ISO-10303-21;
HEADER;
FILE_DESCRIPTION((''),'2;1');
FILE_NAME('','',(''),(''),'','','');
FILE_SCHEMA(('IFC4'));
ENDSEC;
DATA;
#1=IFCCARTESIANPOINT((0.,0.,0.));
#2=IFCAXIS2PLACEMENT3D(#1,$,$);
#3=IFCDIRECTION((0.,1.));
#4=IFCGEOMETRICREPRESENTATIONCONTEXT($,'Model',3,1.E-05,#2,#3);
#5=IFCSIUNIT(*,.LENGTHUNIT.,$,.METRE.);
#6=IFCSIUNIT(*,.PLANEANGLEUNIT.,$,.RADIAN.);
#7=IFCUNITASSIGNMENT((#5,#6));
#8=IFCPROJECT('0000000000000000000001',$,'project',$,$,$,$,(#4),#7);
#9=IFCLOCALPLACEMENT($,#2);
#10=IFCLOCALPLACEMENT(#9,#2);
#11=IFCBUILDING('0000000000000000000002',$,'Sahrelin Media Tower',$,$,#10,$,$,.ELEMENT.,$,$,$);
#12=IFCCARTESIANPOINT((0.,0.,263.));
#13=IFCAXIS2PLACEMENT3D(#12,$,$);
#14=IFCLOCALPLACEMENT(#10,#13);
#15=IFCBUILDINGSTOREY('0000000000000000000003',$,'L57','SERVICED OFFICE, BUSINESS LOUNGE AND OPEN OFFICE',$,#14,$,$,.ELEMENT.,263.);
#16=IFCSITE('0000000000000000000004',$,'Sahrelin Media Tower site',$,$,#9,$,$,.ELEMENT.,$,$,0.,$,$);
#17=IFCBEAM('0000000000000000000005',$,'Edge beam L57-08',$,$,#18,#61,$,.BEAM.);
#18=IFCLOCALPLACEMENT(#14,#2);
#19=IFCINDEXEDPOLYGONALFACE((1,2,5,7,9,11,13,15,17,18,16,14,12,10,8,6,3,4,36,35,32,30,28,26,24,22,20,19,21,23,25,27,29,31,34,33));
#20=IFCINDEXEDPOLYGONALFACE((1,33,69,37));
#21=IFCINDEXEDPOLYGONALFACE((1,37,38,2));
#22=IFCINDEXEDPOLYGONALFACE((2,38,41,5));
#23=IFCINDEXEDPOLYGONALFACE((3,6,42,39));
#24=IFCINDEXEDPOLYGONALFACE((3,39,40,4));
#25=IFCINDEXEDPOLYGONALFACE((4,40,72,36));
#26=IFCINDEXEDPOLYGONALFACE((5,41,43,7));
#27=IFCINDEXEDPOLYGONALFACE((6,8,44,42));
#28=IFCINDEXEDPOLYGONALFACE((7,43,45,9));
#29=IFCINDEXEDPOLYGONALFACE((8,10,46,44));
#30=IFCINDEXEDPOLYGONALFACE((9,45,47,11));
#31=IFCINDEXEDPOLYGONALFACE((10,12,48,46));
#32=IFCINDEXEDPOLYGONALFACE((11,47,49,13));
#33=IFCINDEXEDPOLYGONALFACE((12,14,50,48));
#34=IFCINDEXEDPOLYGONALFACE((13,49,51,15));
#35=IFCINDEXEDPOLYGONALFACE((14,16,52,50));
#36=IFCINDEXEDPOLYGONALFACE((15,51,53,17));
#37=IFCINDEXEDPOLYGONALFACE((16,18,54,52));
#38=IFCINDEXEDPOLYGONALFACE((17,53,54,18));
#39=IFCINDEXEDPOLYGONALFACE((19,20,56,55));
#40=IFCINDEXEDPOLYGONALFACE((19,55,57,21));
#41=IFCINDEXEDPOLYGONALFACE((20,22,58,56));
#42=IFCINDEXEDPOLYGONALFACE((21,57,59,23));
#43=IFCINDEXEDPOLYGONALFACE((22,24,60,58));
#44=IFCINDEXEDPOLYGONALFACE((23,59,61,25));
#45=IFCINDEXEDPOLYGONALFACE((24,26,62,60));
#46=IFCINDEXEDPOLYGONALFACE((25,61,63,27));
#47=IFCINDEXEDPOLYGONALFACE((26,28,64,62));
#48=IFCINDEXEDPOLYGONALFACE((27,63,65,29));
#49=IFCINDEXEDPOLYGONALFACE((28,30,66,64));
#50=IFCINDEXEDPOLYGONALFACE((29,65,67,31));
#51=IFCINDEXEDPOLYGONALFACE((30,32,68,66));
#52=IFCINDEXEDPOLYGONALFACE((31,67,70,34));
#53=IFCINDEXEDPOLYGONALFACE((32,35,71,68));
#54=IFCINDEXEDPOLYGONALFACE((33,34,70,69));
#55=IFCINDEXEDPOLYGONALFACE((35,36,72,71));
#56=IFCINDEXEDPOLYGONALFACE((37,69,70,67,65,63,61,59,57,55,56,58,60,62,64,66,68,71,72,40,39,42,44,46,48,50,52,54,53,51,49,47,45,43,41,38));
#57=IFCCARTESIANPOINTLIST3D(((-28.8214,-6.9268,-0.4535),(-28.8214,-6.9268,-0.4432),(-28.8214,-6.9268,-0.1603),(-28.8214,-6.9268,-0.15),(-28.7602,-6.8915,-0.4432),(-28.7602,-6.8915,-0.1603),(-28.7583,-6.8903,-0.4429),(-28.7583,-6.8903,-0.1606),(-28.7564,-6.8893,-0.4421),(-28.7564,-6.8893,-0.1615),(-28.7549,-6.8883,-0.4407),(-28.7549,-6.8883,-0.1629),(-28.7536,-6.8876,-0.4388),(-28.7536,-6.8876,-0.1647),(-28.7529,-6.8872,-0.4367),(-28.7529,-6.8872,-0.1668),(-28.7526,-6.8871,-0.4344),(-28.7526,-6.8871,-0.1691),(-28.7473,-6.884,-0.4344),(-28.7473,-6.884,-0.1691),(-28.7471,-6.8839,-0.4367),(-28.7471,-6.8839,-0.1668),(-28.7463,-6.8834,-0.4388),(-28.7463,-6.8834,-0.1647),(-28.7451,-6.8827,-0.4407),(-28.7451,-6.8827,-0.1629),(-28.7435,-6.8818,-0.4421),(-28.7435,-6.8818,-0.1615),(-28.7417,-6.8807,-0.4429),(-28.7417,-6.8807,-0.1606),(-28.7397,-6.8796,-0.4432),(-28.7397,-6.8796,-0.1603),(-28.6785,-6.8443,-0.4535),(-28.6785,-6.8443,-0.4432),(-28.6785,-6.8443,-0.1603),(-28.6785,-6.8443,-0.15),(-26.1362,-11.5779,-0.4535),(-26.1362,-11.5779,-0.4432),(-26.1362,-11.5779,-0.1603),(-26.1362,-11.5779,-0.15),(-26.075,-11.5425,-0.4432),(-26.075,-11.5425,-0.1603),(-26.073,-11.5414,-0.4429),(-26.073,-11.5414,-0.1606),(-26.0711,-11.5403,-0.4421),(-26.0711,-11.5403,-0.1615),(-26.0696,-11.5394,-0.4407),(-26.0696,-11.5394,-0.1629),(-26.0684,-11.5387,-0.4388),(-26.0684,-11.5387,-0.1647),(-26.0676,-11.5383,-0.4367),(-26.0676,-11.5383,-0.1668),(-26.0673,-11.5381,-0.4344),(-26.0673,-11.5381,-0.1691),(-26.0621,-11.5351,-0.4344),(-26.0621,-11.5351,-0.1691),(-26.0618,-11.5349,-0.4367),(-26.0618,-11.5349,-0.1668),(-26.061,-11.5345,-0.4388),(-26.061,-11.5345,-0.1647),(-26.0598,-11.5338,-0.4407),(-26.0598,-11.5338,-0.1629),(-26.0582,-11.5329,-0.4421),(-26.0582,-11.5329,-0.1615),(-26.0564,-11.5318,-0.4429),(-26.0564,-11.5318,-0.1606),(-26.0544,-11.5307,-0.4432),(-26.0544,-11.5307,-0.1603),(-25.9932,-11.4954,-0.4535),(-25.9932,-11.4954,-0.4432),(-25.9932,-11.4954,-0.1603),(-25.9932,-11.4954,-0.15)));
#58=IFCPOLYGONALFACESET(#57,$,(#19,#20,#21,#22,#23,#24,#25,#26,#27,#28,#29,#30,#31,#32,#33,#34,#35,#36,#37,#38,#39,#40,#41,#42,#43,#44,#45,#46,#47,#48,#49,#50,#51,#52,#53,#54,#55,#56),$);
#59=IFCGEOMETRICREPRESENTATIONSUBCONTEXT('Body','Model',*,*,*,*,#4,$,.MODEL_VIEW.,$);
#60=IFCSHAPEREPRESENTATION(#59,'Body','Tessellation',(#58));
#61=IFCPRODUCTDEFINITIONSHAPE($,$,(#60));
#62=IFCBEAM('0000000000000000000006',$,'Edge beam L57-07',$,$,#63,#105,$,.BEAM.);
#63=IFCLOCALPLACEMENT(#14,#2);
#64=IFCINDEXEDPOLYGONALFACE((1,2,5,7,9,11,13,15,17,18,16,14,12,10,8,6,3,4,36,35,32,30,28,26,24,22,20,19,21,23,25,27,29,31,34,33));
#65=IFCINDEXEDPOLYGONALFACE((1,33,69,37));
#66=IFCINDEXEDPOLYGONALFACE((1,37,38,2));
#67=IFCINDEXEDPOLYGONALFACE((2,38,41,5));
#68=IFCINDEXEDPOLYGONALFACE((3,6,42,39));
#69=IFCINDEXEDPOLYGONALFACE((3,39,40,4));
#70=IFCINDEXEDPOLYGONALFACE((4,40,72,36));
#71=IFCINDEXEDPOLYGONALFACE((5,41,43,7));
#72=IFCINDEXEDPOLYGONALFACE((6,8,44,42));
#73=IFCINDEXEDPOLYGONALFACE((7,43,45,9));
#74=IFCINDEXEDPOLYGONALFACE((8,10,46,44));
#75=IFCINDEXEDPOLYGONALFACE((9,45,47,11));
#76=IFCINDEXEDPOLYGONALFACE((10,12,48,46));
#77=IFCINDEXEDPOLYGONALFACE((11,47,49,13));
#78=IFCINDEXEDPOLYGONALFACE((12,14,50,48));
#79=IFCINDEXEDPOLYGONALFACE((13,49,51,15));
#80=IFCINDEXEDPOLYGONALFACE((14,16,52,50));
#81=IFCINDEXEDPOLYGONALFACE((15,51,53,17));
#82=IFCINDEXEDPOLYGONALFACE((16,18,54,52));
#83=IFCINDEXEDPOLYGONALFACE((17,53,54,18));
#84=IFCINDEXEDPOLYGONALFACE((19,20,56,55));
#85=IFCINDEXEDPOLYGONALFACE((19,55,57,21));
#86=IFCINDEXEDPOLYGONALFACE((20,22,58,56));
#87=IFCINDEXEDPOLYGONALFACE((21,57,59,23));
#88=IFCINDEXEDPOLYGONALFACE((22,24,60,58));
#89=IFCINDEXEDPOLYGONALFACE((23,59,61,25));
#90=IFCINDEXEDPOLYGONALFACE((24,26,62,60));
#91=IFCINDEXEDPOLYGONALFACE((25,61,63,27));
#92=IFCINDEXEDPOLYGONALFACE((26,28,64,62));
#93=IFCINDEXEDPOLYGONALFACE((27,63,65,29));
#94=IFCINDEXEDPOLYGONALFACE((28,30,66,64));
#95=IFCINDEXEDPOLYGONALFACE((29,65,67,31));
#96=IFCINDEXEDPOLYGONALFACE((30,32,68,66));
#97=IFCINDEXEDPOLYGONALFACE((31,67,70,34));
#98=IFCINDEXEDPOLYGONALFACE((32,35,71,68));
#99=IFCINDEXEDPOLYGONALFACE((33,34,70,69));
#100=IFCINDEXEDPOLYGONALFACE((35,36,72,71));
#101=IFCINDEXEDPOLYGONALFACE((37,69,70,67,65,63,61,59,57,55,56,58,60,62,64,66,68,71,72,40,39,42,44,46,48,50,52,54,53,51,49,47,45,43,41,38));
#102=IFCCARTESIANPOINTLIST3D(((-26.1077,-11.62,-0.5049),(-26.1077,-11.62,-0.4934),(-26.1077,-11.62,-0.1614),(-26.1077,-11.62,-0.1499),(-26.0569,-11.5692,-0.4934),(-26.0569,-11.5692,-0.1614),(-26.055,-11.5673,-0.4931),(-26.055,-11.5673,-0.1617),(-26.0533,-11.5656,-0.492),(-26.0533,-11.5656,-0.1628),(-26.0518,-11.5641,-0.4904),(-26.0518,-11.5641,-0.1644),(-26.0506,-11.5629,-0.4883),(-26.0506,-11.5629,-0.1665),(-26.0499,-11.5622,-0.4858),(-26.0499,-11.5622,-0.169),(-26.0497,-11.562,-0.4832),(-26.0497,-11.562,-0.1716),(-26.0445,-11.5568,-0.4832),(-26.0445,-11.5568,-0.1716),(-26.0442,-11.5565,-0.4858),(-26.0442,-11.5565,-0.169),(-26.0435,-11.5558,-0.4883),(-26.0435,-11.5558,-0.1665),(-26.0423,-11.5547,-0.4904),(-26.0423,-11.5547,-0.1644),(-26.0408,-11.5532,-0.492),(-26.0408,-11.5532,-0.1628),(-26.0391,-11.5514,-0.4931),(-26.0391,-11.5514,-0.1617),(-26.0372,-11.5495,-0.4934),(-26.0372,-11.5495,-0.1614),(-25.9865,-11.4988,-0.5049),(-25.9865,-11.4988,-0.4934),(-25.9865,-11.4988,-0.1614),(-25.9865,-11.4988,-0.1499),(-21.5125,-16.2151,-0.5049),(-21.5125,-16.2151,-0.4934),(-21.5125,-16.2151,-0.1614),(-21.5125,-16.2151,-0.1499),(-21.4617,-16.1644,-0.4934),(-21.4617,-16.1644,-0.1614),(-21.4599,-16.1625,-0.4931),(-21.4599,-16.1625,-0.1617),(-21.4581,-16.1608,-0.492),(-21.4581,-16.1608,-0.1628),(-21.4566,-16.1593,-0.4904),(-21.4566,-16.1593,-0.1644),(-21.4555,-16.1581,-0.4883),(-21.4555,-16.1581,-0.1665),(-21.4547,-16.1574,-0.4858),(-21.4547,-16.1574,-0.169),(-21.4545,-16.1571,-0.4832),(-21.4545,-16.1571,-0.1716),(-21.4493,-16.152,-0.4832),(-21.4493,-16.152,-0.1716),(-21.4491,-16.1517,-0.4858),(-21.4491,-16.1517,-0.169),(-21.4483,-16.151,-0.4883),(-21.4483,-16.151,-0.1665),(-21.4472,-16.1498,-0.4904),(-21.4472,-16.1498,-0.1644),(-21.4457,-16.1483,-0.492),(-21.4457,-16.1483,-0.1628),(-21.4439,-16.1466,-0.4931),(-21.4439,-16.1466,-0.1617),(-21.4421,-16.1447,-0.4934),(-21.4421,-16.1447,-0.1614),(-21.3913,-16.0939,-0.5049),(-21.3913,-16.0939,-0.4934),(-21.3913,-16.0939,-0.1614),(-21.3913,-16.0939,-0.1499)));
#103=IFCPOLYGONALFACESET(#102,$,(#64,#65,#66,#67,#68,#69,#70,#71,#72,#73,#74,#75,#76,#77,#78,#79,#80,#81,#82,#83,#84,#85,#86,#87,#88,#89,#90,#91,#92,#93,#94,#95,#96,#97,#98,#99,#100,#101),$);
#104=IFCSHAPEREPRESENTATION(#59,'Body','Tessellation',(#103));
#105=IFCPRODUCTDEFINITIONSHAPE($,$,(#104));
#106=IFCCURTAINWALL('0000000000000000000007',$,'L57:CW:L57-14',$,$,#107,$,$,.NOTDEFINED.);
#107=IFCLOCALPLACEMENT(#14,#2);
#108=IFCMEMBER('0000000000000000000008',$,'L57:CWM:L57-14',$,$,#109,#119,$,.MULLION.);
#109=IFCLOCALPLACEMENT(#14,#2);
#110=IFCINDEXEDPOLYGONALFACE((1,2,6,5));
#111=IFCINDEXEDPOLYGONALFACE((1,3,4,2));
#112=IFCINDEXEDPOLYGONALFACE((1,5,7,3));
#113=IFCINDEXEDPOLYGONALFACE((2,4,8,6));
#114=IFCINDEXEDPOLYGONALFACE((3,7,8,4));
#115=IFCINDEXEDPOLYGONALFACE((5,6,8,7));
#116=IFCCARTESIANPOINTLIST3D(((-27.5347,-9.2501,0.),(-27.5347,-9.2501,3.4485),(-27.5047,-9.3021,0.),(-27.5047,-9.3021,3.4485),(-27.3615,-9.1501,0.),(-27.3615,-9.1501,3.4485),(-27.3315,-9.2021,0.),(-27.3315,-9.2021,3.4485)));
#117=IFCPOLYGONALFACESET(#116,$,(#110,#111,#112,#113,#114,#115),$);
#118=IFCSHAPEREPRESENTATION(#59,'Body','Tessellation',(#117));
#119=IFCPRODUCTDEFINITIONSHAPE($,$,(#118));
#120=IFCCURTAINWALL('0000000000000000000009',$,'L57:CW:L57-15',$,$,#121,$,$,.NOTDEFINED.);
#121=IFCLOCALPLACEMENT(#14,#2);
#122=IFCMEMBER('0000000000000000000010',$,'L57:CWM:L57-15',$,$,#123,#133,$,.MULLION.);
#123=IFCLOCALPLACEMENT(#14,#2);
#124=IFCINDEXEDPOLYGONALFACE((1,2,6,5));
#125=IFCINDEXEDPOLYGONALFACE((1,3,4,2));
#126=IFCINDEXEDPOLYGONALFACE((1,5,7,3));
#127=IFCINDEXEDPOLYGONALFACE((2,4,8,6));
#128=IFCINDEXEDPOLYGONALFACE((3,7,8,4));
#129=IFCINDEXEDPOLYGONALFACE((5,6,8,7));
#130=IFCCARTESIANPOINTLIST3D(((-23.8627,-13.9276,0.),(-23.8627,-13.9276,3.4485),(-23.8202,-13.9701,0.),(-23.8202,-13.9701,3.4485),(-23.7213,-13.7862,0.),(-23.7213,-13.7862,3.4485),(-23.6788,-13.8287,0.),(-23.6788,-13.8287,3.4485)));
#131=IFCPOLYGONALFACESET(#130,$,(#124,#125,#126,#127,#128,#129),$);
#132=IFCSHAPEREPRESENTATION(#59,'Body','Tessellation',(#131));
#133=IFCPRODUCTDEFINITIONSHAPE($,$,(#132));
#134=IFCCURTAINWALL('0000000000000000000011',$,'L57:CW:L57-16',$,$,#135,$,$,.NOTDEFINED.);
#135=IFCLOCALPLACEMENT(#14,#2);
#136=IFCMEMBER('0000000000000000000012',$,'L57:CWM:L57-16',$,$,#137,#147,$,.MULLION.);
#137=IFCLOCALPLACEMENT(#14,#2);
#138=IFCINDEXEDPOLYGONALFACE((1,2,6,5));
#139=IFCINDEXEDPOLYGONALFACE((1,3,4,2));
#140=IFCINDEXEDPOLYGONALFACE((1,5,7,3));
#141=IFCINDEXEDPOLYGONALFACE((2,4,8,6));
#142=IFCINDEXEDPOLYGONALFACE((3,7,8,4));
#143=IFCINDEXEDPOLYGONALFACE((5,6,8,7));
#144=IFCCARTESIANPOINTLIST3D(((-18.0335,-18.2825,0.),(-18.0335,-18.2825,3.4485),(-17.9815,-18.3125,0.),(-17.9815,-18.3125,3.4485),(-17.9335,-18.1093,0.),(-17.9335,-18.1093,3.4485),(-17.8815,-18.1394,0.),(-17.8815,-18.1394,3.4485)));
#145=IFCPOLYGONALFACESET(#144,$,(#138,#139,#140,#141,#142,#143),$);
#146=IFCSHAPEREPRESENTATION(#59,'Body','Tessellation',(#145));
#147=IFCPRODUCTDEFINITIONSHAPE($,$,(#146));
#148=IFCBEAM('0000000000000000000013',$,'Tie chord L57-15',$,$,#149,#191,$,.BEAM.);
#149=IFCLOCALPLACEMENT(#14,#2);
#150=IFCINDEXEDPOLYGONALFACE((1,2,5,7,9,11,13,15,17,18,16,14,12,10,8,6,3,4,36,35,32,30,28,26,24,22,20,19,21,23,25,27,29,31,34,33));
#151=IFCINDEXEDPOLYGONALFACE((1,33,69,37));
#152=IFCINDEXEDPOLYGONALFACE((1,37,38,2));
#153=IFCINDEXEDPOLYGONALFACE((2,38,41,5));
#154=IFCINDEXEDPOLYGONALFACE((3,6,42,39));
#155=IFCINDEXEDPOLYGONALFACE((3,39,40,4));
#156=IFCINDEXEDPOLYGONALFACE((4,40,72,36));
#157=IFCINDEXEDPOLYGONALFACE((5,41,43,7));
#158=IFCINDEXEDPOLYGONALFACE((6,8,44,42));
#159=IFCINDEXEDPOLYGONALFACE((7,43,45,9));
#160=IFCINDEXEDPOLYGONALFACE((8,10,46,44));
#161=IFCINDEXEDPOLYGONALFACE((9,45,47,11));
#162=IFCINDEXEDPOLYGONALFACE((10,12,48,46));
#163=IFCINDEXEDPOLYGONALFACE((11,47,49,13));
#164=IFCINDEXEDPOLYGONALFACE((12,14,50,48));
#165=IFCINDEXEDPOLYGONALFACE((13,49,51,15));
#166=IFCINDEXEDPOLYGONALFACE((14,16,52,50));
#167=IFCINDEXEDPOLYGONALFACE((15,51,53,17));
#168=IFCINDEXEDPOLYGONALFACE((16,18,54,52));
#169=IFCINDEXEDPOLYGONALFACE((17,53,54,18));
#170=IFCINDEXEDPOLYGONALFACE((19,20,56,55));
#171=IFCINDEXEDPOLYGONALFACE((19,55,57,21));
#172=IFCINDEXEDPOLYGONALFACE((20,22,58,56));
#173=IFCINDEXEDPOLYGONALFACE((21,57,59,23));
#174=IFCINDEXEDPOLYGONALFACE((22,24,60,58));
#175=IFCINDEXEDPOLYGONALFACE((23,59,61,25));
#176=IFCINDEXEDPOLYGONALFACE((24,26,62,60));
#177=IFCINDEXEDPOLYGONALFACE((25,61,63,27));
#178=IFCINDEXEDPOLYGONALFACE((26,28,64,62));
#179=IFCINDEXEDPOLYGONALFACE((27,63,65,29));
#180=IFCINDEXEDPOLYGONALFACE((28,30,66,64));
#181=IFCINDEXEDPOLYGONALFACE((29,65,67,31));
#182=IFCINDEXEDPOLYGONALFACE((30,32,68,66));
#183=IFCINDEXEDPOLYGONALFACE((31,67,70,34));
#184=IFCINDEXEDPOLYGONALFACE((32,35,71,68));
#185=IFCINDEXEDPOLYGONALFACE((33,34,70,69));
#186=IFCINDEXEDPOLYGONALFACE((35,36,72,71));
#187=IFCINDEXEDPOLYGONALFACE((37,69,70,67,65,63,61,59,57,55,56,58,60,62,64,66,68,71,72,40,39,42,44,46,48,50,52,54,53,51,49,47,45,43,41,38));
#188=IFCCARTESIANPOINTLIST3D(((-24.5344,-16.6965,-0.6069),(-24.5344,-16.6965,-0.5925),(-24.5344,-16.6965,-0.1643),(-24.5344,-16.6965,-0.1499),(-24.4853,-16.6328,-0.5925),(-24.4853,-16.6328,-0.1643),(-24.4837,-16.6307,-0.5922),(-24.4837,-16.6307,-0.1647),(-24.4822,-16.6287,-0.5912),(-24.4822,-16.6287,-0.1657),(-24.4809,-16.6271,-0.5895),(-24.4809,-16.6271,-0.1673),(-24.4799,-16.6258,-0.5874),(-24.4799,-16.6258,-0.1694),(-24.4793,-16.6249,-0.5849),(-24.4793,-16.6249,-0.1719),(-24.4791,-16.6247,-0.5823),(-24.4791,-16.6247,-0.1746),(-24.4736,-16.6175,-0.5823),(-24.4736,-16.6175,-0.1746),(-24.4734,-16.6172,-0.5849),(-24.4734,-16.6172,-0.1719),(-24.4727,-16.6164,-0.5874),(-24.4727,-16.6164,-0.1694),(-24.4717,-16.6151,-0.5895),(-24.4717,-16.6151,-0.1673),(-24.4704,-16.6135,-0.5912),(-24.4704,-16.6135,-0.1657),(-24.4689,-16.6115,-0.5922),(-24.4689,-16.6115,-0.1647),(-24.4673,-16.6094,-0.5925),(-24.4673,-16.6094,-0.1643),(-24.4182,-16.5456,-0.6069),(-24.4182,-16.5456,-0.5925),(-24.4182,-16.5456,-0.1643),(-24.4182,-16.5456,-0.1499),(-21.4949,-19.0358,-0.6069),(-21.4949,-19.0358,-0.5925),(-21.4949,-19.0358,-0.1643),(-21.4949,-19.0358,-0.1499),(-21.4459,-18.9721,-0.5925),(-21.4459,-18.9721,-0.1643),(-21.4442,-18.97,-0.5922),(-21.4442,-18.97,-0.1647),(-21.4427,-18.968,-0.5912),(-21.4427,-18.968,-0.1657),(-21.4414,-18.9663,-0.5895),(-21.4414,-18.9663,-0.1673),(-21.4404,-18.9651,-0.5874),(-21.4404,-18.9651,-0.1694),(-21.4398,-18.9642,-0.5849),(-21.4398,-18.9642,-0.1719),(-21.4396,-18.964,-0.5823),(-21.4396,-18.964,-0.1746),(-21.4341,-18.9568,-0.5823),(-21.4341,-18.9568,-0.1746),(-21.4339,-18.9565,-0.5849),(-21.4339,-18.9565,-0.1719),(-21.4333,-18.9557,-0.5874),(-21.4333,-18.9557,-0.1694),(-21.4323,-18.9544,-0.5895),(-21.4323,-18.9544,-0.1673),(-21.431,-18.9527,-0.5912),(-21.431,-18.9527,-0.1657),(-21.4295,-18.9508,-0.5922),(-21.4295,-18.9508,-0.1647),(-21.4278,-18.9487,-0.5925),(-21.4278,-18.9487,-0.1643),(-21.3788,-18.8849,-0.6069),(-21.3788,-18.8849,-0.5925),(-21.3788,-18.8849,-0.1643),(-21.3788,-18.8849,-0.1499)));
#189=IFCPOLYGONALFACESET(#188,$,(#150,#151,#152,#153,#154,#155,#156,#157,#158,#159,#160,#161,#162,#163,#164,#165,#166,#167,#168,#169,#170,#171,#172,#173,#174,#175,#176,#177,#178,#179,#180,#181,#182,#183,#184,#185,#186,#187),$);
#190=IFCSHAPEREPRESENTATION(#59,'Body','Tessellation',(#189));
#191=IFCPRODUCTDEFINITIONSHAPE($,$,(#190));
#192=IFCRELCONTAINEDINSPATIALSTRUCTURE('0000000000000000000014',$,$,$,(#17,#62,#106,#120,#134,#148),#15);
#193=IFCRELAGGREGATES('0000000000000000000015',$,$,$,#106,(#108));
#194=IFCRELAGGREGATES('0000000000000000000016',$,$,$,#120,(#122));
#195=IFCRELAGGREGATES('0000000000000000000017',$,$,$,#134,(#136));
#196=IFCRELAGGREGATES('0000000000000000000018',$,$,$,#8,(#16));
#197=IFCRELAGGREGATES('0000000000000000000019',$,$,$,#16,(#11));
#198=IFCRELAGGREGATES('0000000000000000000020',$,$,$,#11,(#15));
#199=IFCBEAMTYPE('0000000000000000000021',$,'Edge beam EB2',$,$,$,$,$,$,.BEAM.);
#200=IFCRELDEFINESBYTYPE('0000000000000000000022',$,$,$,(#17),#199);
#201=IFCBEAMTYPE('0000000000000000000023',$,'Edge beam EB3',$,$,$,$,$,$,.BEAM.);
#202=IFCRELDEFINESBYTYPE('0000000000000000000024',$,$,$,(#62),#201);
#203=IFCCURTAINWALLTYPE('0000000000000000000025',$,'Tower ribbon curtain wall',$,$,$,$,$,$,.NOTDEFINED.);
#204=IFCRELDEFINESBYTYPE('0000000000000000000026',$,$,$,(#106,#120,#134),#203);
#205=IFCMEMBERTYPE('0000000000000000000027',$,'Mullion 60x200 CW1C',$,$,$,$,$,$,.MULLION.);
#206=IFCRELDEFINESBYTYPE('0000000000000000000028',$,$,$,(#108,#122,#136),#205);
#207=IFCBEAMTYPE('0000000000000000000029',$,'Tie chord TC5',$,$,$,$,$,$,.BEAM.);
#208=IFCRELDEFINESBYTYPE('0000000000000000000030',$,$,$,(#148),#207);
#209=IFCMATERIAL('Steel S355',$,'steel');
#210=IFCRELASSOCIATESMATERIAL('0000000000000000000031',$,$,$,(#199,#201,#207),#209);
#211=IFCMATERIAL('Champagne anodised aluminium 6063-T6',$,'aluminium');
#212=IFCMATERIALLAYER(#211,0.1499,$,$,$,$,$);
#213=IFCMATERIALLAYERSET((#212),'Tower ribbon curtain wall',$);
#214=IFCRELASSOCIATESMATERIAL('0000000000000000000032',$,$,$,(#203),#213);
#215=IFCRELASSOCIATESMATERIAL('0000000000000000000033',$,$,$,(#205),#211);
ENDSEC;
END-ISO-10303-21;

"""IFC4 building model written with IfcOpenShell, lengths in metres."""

from ifc_helpers import new_model, si_unit, direction, frame, origin, origin_2d, place, context, subcontext, project, spatial, rectangle, i_section, extrude, material, layer, layer_set, material_profile, profile_set, type_object, element, aggregate, save


model = new_model("IFC4")

# Units and contexts
model_context = context("Model", 3, precision=1e-05, world=origin(), true_north=direction((0.0, 1.0)))
body_context = subcontext(model_context, "Body", "Model", "MODEL_VIEW")
ifc_project = project(units=[si_unit("LENGTHUNIT", "METRE"), si_unit("PLANEANGLEUNIT", "RADIAN")], contexts=[model_context])

# Site, building, storey
site_placement = place(None, origin())
site = spatial("IfcSite", under=ifc_project, at=site_placement, Name="Sahrelin Media Tower site", CompositionType="ELEMENT", RefElevation=0.0)
building_placement = place(site_placement, origin())
building = spatial("IfcBuilding", under=site, at=building_placement, Name="Sahrelin Media Tower", CompositionType="ELEMENT")
storey_placement = place(building_placement, frame((0.0, 0.0, 263.0)))
storey = spatial("IfcBuildingStorey", under=building, at=storey_placement, Name="L57", Description="SERVICED OFFICE, BUSINESS LOUNGE AND OPEN OFFICE", CompositionType="ELEMENT", Elevation=263.0)

# Beams
ifc_material_1 = material(Name="Steel S355", Category="steel")
ifc_material_profile_1 = material_profile(ifc_material_1, i_section(OverallWidth=0.165, OverallDepth=0.3035, WebThickness=0.0061, FlangeThickness=0.0103, FilletRadius=0.0088, at=origin_2d()), Name="UB 305x165x40")
ifc_profile_set_1 = profile_set([ifc_material_profile_1], Name="Steel S355")
beam_type_1 = type_object("IfcBeamType", Name="Edge beam EB2", PredefinedType="BEAM", material=ifc_profile_set_1)
beam_1_placement = place(storey_placement, frame((-26.0647, -11.5366, -0.3018), z_axis=(-0.499997, 0.866027, 0.0), x_axis=(-0.866027, -0.499997, 0.0)))
element("IfcBeam", 1, at=beam_1_placement, inside=storey, type_object=beam_type_1, Name="Edge beam L57-08", PredefinedType="BEAM", context=body_context, shape_type="SweptSolid", body=[
    extrude(i_section(OverallWidth=0.165, OverallDepth=0.3035, WebThickness=0.0061, FlangeThickness=0.0103, FilletRadius=0.0088, at=origin_2d()), origin(), (0.0, 0.0, 1.0), 5.3706),
])
ifc_material_profile_2 = material_profile(ifc_material_1, i_section(OverallWidth=0.1714, OverallDepth=0.355, WebThickness=0.0073, FlangeThickness=0.0115, FilletRadius=0.0103, at=origin_2d()), Name="UB 356x171x51")
ifc_profile_set_2 = profile_set([ifc_material_profile_2], Name="Steel S355")
beam_type_2 = type_object("IfcBeamType", Name="Edge beam EB3", PredefinedType="BEAM", material=ifc_profile_set_2)
beam_2_placement = place(storey_placement, frame((-21.4519, -16.1545, -0.3274), z_axis=(-0.707107, 0.707107, 0.0), x_axis=(-0.707107, -0.707107, 0.0)))
element("IfcBeam", 2, at=beam_2_placement, inside=storey, type_object=beam_type_2, Name="Edge beam L57-07", PredefinedType="BEAM", context=body_context, shape_type="SweptSolid", body=[
    extrude(i_section(OverallWidth=0.1714, OverallDepth=0.355, WebThickness=0.0073, FlangeThickness=0.0115, FilletRadius=0.0103, at=origin_2d()), origin(), (0.0, 0.0, 1.0), 6.4985),
])

# Curtain walls, members
ifc_material_2 = material(Name="Champagne anodised aluminium 6063-T6", Category="aluminium")
ifc_layer_1 = layer(ifc_material_2, 0.1499)
ifc_layer_set_1 = layer_set([ifc_layer_1], Name="Tower ribbon curtain wall")
curtain_wall_type = type_object("IfcCurtainWallType", Name="Tower ribbon curtain wall", PredefinedType="NOTDEFINED", material=ifc_layer_set_1)
curtain_wall_1_placement = place(storey_placement, frame((-27.5371, -9.2861, 0.0), z_axis=(0.0, 0.0, 1.0), x_axis=(1.0, 0.0, 0.0)))
curtain_wall_1 = element("IfcCurtainWall", 3, at=curtain_wall_1_placement, inside=storey, type_object=curtain_wall_type, Name="L57:CW:L57-14", PredefinedType="NOTDEFINED")
ifc_material_profile_3 = material_profile(ifc_material_2, rectangle(XDim=0.0601, YDim=0.2, at=origin_2d()), Name="Mullion 60x200")
ifc_profile_set_3 = profile_set([ifc_material_profile_3], Name="Champagne anodised aluminium 6063-T6")
member_type_1 = type_object("IfcMemberType", Name="Mullion 60x200 CW1C", PredefinedType="MULLION", material=ifc_profile_set_3)
member_1_placement = place(storey_placement, frame((-27.4331, -9.2261, 0.0), z_axis=(0.0, 0.0, 1.0), x_axis=(0.500002, -0.866025, 0.0)))
member_1 = element("IfcMember", 4, at=member_1_placement, type_object=member_type_1, Name="L57:CWM:L57-14", PredefinedType="MULLION", context=body_context, shape_type="SweptSolid", body=[
    extrude(rectangle(XDim=0.0601, YDim=0.2, at=origin_2d()), origin(), (0.0, 0.0, 1.0), 3.4485),
])
aggregate(curtain_wall_1, [member_1])
curtain_wall_2_placement = place(storey_placement, frame((-23.8555, -13.9629, 0.0), z_axis=(0.0, 0.0, 1.0), x_axis=(1.0, 0.0, 0.0)))
curtain_wall_2 = element("IfcCurtainWall", 5, at=curtain_wall_2_placement, inside=storey, type_object=curtain_wall_type, Name="L57:CW:L57-15", PredefinedType="NOTDEFINED")
member_2_placement = place(storey_placement, frame((-23.7708, -13.8782, 0.0), z_axis=(0.0, 0.0, 1.0), x_axis=(0.707107, -0.707107, 0.0)))
member_2 = element("IfcMember", 6, at=member_2_placement, type_object=member_type_1, Name="L57:CWM:L57-15", PredefinedType="MULLION", context=body_context, shape_type="SweptSolid", body=[
    extrude(rectangle(XDim=0.0601, YDim=0.2, at=origin_2d()), origin(), (0.0, 0.0, 1.0), 3.4485),
])
curtain_wall_3_placement = place(storey_placement, frame((-18.0176, -18.3149, 0.0), z_axis=(0.0, 0.0, 1.0), x_axis=(1.0, 0.0, 0.0)))
curtain_wall_3 = element("IfcCurtainWall", 7, at=curtain_wall_3_placement, inside=storey, type_object=curtain_wall_type, Name="L57:CW:L57-16", PredefinedType="NOTDEFINED")
member_3_placement = place(storey_placement, frame((-17.9575, -18.2109, 0.0), z_axis=(0.0, 0.0, 1.0), x_axis=(0.866029, -0.499994, 0.0)))
member_3 = element("IfcMember", 8, at=member_3_placement, type_object=member_type_1, Name="L57:CWM:L57-16", PredefinedType="MULLION", context=body_context, shape_type="SweptSolid", body=[
    extrude(rectangle(XDim=0.0601, YDim=0.2, at=origin_2d()), origin(), (0.0, 0.0, 1.0), 3.4485),
])

# Beam
ifc_material_profile_4 = material_profile(ifc_material_1, i_section(OverallWidth=0.1904, OverallDepth=0.457, WebThickness=0.009, FlangeThickness=0.0144, FilletRadius=0.0103, at=origin_2d()), Name="UB 457x191x74")
ifc_profile_set_4 = profile_set([ifc_material_profile_4], Name="Steel S355")
beam_type_3 = type_object("IfcBeamType", Name="Tie chord TC5", PredefinedType="BEAM", material=ifc_profile_set_4)
beam_3_placement = place(storey_placement, frame((-24.4763, -16.6211, -0.3784), z_axis=(0.792468, -0.609914, 0.0), x_axis=(0.609914, 0.792468, 0.0)))
element("IfcBeam", 9, at=beam_3_placement, inside=storey, type_object=beam_type_3, Name="Tie chord L57-15", PredefinedType="BEAM", context=body_context, shape_type="SweptSolid", body=[
    extrude(i_section(OverallWidth=0.1904, OverallDepth=0.457, WebThickness=0.009, FlangeThickness=0.0144, FilletRadius=0.0103, at=origin_2d()), origin(), (0.0, 0.0, 1.0), 3.8354),
])

aggregate(curtain_wall_2, [member_2])
aggregate(curtain_wall_3, [member_3])

save(model, "model.ifc")
